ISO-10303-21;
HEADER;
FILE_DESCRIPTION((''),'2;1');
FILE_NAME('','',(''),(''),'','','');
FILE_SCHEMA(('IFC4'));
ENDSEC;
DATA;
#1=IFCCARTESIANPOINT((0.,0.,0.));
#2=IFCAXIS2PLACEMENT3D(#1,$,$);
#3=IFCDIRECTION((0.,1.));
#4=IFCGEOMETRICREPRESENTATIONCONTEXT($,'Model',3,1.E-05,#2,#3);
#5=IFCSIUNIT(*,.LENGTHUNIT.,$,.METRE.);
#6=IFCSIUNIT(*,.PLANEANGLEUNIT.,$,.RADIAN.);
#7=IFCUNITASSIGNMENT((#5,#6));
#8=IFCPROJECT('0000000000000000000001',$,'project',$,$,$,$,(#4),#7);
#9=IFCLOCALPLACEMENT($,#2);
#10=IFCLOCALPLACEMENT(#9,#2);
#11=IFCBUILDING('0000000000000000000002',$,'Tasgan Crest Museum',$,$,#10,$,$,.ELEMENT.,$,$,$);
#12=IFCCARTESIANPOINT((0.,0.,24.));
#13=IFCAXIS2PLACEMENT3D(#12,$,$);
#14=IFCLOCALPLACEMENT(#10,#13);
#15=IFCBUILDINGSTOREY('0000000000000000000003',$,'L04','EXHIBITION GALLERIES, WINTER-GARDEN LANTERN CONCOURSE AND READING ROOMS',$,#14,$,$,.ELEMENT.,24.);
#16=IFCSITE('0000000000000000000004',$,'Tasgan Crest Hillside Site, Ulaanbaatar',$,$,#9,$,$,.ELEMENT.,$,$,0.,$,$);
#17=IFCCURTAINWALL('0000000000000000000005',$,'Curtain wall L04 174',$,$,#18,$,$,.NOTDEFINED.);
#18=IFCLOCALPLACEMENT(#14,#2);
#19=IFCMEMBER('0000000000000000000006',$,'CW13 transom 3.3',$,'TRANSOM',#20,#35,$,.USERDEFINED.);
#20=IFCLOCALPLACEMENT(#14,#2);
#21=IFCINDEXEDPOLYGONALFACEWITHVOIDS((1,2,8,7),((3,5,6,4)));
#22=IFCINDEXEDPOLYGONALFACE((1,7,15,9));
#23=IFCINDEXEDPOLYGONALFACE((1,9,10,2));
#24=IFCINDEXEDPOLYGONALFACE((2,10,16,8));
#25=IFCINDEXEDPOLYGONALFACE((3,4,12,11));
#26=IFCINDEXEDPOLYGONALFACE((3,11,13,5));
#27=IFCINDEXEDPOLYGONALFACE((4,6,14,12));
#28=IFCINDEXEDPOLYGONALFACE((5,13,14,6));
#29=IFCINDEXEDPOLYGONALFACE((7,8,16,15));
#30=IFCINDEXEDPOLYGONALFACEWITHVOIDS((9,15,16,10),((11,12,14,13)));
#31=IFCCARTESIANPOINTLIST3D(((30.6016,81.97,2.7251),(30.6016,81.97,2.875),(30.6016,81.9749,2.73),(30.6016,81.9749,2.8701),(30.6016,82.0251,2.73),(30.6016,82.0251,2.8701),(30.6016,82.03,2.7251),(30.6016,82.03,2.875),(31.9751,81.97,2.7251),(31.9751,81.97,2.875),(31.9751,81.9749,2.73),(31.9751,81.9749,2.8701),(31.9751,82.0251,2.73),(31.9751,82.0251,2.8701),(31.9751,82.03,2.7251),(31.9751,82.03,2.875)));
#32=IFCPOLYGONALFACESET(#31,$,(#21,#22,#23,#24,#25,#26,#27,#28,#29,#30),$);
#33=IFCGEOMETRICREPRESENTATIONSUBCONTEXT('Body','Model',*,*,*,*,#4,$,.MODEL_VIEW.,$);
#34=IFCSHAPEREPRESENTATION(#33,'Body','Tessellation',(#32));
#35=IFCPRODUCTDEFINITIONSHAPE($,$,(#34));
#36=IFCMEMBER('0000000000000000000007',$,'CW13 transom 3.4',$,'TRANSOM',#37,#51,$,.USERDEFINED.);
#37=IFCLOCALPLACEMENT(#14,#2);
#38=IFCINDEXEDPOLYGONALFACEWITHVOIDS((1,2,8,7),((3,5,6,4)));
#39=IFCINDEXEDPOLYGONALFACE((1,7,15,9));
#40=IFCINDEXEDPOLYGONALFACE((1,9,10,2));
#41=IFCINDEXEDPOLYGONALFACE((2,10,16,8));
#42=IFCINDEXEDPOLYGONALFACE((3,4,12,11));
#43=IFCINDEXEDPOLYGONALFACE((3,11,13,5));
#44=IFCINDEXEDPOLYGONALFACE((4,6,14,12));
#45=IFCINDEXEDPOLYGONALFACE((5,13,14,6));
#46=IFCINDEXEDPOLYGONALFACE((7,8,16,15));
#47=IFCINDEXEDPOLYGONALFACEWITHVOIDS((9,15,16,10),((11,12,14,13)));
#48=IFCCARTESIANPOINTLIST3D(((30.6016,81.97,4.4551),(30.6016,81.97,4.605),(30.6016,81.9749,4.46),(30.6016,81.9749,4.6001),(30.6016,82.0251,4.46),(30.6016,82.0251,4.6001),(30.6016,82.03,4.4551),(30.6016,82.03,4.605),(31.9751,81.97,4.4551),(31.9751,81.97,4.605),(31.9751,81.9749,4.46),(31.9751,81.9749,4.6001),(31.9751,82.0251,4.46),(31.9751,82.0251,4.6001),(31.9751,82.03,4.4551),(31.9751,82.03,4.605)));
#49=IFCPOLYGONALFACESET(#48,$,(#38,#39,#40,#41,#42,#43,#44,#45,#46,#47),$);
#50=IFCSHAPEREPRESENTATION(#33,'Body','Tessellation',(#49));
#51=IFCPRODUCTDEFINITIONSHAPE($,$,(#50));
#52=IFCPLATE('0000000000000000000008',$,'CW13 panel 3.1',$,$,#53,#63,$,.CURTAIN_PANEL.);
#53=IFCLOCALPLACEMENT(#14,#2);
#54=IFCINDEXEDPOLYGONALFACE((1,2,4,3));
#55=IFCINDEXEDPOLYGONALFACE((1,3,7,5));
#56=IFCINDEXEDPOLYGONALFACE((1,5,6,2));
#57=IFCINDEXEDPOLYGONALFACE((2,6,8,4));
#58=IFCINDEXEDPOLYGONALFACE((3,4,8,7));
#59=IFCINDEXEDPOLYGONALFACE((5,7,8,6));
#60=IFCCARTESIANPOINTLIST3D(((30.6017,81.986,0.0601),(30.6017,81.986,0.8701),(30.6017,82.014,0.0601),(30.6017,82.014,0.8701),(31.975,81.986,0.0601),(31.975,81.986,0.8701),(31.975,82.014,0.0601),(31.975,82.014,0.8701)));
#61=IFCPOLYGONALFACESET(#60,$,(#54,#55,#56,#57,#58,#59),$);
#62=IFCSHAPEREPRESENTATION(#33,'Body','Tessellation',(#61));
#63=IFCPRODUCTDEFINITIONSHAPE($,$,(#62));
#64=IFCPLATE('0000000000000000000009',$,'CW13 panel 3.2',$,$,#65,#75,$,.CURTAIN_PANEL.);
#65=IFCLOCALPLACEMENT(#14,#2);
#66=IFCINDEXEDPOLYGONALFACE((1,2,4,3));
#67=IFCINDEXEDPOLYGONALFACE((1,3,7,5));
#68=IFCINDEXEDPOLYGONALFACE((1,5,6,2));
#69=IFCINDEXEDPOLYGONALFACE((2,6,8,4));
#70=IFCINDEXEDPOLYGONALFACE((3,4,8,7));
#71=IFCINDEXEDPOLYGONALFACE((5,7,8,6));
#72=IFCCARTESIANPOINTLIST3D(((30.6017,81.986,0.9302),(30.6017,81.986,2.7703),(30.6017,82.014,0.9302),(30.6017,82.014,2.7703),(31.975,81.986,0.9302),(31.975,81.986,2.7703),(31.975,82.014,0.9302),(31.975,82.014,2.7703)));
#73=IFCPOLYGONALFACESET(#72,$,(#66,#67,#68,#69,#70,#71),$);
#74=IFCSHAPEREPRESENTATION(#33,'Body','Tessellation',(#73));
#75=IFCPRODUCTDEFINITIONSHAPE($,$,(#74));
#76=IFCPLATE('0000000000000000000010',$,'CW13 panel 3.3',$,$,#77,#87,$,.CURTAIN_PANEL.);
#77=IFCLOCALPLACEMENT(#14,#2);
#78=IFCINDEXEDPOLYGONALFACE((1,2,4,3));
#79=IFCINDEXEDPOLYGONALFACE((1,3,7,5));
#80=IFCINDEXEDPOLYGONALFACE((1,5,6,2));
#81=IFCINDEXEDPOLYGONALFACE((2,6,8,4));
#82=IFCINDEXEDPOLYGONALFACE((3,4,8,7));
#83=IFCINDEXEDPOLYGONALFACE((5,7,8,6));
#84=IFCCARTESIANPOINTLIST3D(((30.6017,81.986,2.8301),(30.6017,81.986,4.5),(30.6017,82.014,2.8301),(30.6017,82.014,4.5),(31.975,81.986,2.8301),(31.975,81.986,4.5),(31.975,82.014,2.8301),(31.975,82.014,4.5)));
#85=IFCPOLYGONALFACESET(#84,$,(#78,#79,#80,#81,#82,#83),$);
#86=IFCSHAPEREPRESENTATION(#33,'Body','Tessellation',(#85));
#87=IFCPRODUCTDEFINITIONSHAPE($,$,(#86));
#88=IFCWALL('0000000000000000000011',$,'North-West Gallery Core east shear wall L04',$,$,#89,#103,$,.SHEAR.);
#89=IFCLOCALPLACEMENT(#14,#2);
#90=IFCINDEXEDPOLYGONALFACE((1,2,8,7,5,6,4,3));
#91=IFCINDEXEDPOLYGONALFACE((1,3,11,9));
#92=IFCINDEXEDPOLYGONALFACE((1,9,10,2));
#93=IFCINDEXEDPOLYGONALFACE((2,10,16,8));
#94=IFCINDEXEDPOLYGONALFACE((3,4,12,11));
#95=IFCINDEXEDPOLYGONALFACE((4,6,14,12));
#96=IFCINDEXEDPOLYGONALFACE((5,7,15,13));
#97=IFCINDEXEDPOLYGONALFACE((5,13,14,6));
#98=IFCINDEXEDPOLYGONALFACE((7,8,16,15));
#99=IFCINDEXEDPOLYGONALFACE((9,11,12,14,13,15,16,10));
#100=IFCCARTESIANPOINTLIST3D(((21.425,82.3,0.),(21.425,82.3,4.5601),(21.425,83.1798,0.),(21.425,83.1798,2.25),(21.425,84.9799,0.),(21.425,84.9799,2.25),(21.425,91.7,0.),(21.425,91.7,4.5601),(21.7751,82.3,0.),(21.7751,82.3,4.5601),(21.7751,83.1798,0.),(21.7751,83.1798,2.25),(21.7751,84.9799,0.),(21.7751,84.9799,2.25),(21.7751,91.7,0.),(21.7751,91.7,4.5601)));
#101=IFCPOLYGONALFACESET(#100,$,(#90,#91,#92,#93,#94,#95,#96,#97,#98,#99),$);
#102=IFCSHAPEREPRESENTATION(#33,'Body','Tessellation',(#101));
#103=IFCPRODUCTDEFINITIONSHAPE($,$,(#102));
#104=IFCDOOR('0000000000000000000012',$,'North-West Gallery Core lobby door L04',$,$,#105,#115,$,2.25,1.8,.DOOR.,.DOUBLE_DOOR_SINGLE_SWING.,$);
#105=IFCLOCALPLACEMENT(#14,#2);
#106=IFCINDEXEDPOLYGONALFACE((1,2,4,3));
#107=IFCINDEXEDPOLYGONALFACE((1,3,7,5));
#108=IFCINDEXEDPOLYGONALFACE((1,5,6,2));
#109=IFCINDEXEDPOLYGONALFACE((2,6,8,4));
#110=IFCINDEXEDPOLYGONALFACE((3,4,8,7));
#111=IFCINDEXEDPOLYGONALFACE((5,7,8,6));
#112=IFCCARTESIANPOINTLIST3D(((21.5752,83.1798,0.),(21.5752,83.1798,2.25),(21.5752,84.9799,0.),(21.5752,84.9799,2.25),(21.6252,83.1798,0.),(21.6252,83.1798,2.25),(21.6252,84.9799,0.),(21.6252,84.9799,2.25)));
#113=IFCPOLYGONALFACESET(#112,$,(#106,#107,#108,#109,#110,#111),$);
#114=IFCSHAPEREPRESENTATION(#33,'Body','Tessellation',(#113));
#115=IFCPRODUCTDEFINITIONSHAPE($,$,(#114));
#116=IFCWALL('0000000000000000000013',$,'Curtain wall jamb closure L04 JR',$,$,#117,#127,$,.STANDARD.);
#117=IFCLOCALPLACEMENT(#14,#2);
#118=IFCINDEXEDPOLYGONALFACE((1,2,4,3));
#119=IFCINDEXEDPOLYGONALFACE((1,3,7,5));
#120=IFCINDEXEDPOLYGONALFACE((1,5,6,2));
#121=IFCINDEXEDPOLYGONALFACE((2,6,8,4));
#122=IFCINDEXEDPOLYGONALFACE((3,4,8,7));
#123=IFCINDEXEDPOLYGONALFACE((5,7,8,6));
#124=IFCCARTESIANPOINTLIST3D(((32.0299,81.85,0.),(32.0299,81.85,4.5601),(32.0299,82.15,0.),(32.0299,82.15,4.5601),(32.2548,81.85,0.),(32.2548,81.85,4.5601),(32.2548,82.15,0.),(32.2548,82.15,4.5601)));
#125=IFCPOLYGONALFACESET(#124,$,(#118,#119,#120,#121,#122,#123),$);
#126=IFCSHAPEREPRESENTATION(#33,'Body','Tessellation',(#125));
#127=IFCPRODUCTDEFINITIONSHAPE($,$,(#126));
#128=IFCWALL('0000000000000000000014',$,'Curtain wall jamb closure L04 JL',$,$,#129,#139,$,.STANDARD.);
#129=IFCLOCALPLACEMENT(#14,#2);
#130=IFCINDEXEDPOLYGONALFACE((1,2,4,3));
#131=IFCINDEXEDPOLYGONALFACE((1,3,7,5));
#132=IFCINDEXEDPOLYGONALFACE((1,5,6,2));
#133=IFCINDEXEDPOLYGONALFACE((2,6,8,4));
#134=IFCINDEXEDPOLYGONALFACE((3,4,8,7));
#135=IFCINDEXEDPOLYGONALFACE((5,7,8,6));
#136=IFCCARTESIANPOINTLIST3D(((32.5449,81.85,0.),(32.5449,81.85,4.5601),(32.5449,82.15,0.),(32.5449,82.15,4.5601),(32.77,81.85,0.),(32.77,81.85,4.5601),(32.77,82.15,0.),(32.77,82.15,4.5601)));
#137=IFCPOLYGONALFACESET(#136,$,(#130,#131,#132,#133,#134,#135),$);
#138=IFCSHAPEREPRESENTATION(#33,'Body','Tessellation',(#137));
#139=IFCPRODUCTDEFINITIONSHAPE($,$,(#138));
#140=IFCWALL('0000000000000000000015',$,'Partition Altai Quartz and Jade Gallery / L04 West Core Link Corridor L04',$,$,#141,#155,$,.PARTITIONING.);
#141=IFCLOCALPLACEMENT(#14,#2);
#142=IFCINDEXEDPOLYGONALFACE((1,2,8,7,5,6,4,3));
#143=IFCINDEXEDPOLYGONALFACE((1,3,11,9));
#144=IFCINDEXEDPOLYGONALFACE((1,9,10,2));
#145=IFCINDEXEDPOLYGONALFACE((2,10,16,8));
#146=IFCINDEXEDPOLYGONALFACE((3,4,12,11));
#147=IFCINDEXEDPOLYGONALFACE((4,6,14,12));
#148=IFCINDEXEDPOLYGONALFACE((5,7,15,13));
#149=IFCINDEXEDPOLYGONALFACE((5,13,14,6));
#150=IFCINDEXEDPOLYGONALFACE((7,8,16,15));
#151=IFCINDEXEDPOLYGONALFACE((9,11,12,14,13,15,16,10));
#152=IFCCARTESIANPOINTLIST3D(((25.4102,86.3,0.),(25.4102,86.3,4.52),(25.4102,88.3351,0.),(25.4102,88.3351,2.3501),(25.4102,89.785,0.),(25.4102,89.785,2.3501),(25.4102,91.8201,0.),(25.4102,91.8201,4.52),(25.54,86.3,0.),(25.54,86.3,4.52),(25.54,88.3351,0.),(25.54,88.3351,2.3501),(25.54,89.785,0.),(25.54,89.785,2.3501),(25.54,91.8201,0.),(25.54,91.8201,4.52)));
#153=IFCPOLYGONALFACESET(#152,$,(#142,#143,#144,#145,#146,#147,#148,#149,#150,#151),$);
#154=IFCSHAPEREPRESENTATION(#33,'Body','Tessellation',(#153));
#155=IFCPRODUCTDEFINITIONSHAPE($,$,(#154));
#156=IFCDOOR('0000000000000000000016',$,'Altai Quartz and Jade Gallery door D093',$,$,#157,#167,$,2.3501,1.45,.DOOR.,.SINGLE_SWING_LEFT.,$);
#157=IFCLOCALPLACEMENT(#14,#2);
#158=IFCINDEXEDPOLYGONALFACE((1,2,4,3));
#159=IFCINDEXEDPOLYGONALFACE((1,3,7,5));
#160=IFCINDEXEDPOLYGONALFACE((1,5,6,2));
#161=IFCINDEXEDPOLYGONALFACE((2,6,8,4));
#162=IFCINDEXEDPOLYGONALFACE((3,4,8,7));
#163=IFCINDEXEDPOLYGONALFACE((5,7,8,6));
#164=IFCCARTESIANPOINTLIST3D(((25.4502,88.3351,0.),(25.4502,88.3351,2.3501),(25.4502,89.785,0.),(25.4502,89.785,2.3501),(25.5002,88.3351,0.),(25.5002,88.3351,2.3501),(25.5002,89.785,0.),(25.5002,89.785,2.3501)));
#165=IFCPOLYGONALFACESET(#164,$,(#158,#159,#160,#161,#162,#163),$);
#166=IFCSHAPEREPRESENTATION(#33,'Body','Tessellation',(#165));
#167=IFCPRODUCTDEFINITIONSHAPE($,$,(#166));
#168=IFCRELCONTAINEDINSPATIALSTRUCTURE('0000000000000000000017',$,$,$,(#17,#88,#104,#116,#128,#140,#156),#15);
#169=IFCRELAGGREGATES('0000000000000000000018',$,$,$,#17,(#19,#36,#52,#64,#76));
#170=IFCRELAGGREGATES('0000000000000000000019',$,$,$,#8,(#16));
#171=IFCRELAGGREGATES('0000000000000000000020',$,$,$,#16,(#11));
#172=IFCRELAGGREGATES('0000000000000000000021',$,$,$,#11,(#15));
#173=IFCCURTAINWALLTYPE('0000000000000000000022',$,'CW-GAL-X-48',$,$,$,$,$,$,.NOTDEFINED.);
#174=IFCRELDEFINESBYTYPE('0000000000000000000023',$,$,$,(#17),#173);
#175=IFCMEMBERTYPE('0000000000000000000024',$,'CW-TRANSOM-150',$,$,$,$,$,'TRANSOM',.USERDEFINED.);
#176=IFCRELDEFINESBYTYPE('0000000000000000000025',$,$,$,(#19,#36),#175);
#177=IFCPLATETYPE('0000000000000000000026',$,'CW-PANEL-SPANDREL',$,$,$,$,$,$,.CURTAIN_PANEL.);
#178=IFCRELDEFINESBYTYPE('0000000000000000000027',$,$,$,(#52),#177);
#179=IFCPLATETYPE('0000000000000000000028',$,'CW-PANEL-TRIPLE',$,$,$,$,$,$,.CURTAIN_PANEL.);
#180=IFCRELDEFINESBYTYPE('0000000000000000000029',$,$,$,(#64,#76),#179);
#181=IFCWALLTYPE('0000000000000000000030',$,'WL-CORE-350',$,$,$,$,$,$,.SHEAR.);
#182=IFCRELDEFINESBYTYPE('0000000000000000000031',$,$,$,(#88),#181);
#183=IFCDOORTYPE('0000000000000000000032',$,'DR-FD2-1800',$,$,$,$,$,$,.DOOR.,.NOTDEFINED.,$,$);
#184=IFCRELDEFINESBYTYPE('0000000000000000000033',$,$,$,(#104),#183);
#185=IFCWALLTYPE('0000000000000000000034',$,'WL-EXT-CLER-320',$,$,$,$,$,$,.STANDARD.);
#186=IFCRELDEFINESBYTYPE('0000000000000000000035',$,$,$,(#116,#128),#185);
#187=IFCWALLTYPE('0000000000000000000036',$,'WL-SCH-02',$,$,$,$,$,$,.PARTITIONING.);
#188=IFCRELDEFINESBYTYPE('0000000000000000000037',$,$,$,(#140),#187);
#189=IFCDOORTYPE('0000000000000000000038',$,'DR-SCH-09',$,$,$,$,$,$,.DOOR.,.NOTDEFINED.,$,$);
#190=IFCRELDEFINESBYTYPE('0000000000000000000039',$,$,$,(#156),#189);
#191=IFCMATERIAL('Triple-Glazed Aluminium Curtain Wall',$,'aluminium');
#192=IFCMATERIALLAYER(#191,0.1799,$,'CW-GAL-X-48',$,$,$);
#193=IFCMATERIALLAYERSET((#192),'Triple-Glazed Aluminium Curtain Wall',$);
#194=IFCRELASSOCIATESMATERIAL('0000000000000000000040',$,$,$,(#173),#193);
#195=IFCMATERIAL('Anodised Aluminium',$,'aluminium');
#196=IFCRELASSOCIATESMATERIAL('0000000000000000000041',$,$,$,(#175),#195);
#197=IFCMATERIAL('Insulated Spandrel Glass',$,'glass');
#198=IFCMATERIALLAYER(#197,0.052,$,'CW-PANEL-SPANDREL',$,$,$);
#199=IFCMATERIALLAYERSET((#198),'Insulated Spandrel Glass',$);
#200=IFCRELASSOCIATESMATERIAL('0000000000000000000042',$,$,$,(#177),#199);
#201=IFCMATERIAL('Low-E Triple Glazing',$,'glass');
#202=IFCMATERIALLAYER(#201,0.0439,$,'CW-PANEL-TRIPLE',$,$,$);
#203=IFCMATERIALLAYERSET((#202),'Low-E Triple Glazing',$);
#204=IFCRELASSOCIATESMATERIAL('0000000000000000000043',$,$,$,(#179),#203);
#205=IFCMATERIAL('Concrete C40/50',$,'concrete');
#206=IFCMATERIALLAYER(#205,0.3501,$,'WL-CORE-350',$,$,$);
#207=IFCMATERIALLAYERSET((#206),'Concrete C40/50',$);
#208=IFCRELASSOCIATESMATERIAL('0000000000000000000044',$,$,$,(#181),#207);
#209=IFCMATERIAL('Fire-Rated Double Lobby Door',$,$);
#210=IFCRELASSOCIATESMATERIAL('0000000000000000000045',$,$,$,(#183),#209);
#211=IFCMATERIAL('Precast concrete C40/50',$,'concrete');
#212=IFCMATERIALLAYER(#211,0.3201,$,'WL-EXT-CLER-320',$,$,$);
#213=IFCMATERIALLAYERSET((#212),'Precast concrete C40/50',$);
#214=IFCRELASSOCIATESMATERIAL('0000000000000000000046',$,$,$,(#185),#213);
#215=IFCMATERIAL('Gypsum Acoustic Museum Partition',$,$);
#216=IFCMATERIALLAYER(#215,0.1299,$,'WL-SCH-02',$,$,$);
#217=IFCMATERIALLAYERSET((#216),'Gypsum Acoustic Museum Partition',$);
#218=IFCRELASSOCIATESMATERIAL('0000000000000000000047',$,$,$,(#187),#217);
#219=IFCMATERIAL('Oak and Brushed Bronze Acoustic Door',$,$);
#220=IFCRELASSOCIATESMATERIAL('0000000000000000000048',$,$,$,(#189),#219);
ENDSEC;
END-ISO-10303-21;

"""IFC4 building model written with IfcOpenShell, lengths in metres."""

from ifc_helpers import new_model, si_unit, direction, frame, frame_2d, origin, origin_2d, place, context, subcontext, project, spatial, rectangle, hollow_rectangle, extrude, material, layer, layer_set, material_profile, profile_set, type_object, element, fill, aggregate, save


model = new_model("IFC4")

# Units and contexts
model_context = context("Model", 3, precision=1e-05, world=origin(), true_north=direction((0.0, 1.0)))
body_context = subcontext(model_context, "Body", "Model", "MODEL_VIEW")
ifc_project = project(units=[si_unit("LENGTHUNIT", "METRE"), si_unit("PLANEANGLEUNIT", "RADIAN")], contexts=[model_context])

# Site, building, storey
site_placement = place(None, origin())
site = spatial("IfcSite", under=ifc_project, at=site_placement, Name="Tasgan Crest Hillside Site, Ulaanbaatar", CompositionType="ELEMENT", RefElevation=0.0)
building_placement = place(site_placement, origin())
building = spatial("IfcBuilding", under=site, at=building_placement, Name="Tasgan Crest Museum", CompositionType="ELEMENT")
storey_placement = place(building_placement, frame((0.0, 0.0, 24.0)))
storey = spatial("IfcBuildingStorey", under=building, at=storey_placement, Name="L04", Description="EXHIBITION GALLERIES, WINTER-GARDEN LANTERN CONCOURSE AND READING ROOMS", CompositionType="ELEMENT", Elevation=24.0)

# Curtain wall
ifc_material_1 = material(Name="Triple-Glazed Aluminium Curtain Wall", Category="aluminium")
ifc_layer_1 = layer(ifc_material_1, 0.1799, Name="CW-GAL-X-48")
ifc_layer_set_1 = layer_set([ifc_layer_1], Name="Triple-Glazed Aluminium Curtain Wall")
curtain_wall_type = type_object("IfcCurtainWallType", Name="CW-GAL-X-48", PredefinedType="NOTDEFINED", material=ifc_layer_set_1)
curtain_wall_1_placement = place(storey_placement, origin())
curtain_wall_1 = element("IfcCurtainWall", 1, at=curtain_wall_1_placement, inside=storey, type_object=curtain_wall_type, Name="Curtain wall L04 174", PredefinedType="NOTDEFINED")

# Members
ifc_material_2 = material(Name="Anodised Aluminium", Category="aluminium")
ifc_material_profile_1 = material_profile(ifc_material_2, hollow_rectangle(XDim=0.0601, YDim=0.1499, WallThickness=0.0049, at=origin_2d()), Name="ALU TRANSOM 150x60x5")
ifc_profile_set_1 = profile_set([ifc_material_profile_1], Name="Anodised Aluminium")
member_type_1 = type_object("IfcMemberType", Name="CW-TRANSOM-150", ElementType="TRANSOM", PredefinedType="USERDEFINED", material=ifc_profile_set_1)
member_1_placement = place(storey_placement, frame((30.6016, 82.0, 2.8), z_axis=(1.0, 0.0, 0.0), x_axis=(0.0, 1.0, 0.0)))
member_1 = element("IfcMember", 2, at=member_1_placement, type_object=member_type_1, Name="CW13 transom 3.3", ObjectType="TRANSOM", PredefinedType="USERDEFINED", context=body_context, shape_type="SweptSolid", body=[
    extrude(hollow_rectangle(XDim=0.0601, YDim=0.1499, WallThickness=0.0049, at=origin_2d()), origin(), (0.0, 0.0, 1.0), 1.3735),
])
member_2_placement = place(storey_placement, frame((30.6016, 82.0, 4.53), z_axis=(1.0, 0.0, 0.0), x_axis=(0.0, 1.0, 0.0)))
member_2 = element("IfcMember", 3, at=member_2_placement, type_object=member_type_1, Name="CW13 transom 3.4", ObjectType="TRANSOM", PredefinedType="USERDEFINED", context=body_context, shape_type="SweptSolid", body=[
    extrude(hollow_rectangle(XDim=0.0601, YDim=0.1499, WallThickness=0.0049, at=origin_2d()), origin(), (0.0, 0.0, 1.0), 1.3735),
])

# Plates
ifc_material_3 = material(Name="Insulated Spandrel Glass", Category="glass")
ifc_layer_2 = layer(ifc_material_3, 0.052, Name="CW-PANEL-SPANDREL")
ifc_layer_set_2 = layer_set([ifc_layer_2], Name="Insulated Spandrel Glass")
plate_type_1 = type_object("IfcPlateType", Name="CW-PANEL-SPANDREL", PredefinedType="CURTAIN_PANEL", material=ifc_layer_set_2)
plate_1_placement = place(storey_placement, frame((31.2883, 82.0, 0.0601), z_axis=(0.0, 0.0, 1.0), x_axis=(1.0, 0.0, 0.0)))
plate_1 = element("IfcPlate", 4, at=plate_1_placement, type_object=plate_type_1, Name="CW13 panel 3.1", PredefinedType="CURTAIN_PANEL", context=body_context, shape_type="SweptSolid", body=[
    extrude(rectangle(XDim=1.3733, YDim=0.0281, at=origin_2d()), origin(), (0.0, 0.0, 1.0), 0.8101),
])
ifc_material_4 = material(Name="Low-E Triple Glazing", Category="glass")
ifc_layer_3 = layer(ifc_material_4, 0.0439, Name="CW-PANEL-TRIPLE")
ifc_layer_set_3 = layer_set([ifc_layer_3], Name="Low-E Triple Glazing")
plate_type_2 = type_object("IfcPlateType", Name="CW-PANEL-TRIPLE", PredefinedType="CURTAIN_PANEL", material=ifc_layer_set_3)
plate_2_placement = place(storey_placement, frame((31.2883, 82.0, 0.9302), z_axis=(0.0, 0.0, 1.0), x_axis=(1.0, 0.0, 0.0)))
plate_2 = element("IfcPlate", 5, at=plate_2_placement, type_object=plate_type_2, Name="CW13 panel 3.2", PredefinedType="CURTAIN_PANEL", context=body_context, shape_type="SweptSolid", body=[
    extrude(rectangle(XDim=1.3733, YDim=0.0281, at=origin_2d()), origin(), (0.0, 0.0, 1.0), 1.8401),
])
plate_3_placement = place(storey_placement, frame((31.2883, 82.0, 2.8301), z_axis=(0.0, 0.0, 1.0), x_axis=(1.0, 0.0, 0.0)))
plate_3 = element("IfcPlate", 6, at=plate_3_placement, type_object=plate_type_2, Name="CW13 panel 3.3", PredefinedType="CURTAIN_PANEL", context=body_context, shape_type="SweptSolid", body=[
    extrude(rectangle(XDim=1.3733, YDim=0.0281, at=origin_2d()), origin(), (0.0, 0.0, 1.0), 1.6699),
])
aggregate(curtain_wall_1, [member_1, member_2, plate_1, plate_2, plate_3])

# Wall, opening, door
ifc_material_5 = material(Name="Concrete C40/50", Category="concrete")
ifc_layer_4 = layer(ifc_material_5, 0.3501, Name="WL-CORE-350")
ifc_layer_set_4 = layer_set([ifc_layer_4], Name="Concrete C40/50")
wall_type_1 = type_object("IfcWallType", Name="WL-CORE-350", PredefinedType="SHEAR", material=ifc_layer_set_4)
wall_1_placement = place(storey_placement, frame((21.6001, 82.3, 0.0), z_axis=(0.0, 0.0, 1.0), x_axis=(0.0, 1.0, 0.0)))
wall_1 = element("IfcWall", 7, at=wall_1_placement, inside=storey, type_object=wall_type_1, Name="North-West Gallery Core east shear wall L04", PredefinedType="SHEAR", context=body_context, shape_type="SweptSolid", body=[
    extrude(rectangle(XDim=9.3999, YDim=0.3501, at=frame_2d((4.7, 0.0))), origin(), (0.0, 0.0, 1.0), 4.5601),
])
opening_1_placement = place(wall_1_placement, frame((0.8799, 0.0, 0.0)))
opening_1 = element("IfcOpeningElement", 8, at=opening_1_placement, cuts=wall_1, PredefinedType="OPENING", context=body_context, shape_type="SweptSolid", body=[
    extrude(rectangle(XDim=1.8, YDim=2.25, at=frame_2d((0.8999, 1.125))), frame((0.0, 0.1851, 0.0), z_axis=(0.0, -1.0, 0.0), x_axis=(1.0, 0.0, 0.0)), (0.0, 0.0, 1.0), 0.3701),
])
ifc_material_6 = material(Name="Fire-Rated Double Lobby Door")
door_type_1 = type_object("IfcDoorType", Name="DR-FD2-1800", OperationType="NOTDEFINED", PredefinedType="DOOR", material=ifc_material_6)
door_1_placement = place(opening_1_placement, origin())
door_1 = element("IfcDoor", 9, at=door_1_placement, inside=storey, type_object=door_type_1, Name="North-West Gallery Core lobby door L04", OperationType="DOUBLE_DOOR_SINGLE_SWING", OverallHeight=2.25, OverallWidth=1.8, PredefinedType="DOOR", context=body_context, shape_type="SweptSolid", body=[
    extrude(rectangle(XDim=1.8, YDim=2.25, at=frame_2d((0.8999, 1.125))), frame((0.0, 0.0249, 0.0), z_axis=(0.0, -1.0, 0.0), x_axis=(1.0, 0.0, 0.0)), (0.0, 0.0, 1.0), 0.05),
])
fill(opening_1, door_1)

# Walls
ifc_material_7 = material(Name="Precast concrete C40/50", Category="concrete")
ifc_layer_5 = layer(ifc_material_7, 0.3201, Name="WL-EXT-CLER-320")
ifc_layer_set_5 = layer_set([ifc_layer_5], Name="Precast concrete C40/50")
wall_type_2 = type_object("IfcWallType", Name="WL-EXT-CLER-320", PredefinedType="STANDARD", material=ifc_layer_set_5)
wall_2_placement = place(storey_placement, frame((32.03, 82.0, 0.0), z_axis=(0.0, 0.0, 1.0), x_axis=(1.0, 0.0, 0.0)))
element("IfcWall", 10, at=wall_2_placement, inside=storey, type_object=wall_type_2, Name="Curtain wall jamb closure L04 JR", PredefinedType="STANDARD", context=body_context, shape_type="SweptSolid", body=[
    extrude(rectangle(XDim=0.2249, YDim=0.3, at=frame_2d((0.1123, 0.0))), origin(), (0.0, 0.0, 1.0), 4.5601),
])
wall_3_placement = place(storey_placement, frame((32.5449, 82.0, 0.0), z_axis=(0.0, 0.0, 1.0), x_axis=(1.0, 0.0, 0.0)))
element("IfcWall", 11, at=wall_3_placement, inside=storey, type_object=wall_type_2, Name="Curtain wall jamb closure L04 JL", PredefinedType="STANDARD", context=body_context, shape_type="SweptSolid", body=[
    extrude(rectangle(XDim=0.2251, YDim=0.3, at=frame_2d((0.1125, 0.0))), origin(), (0.0, 0.0, 1.0), 4.5601),
])

# Wall, opening, door
ifc_material_8 = material(Name="Gypsum Acoustic Museum Partition")
ifc_layer_6 = layer(ifc_material_8, 0.1299, Name="WL-SCH-02")
ifc_layer_set_6 = layer_set([ifc_layer_6], Name="Gypsum Acoustic Museum Partition")
wall_type_3 = type_object("IfcWallType", Name="WL-SCH-02", PredefinedType="PARTITIONING", material=ifc_layer_set_6)
wall_4_placement = place(storey_placement, frame((25.4751, 86.3, 0.0), z_axis=(0.0, 0.0, 1.0), x_axis=(0.0, 1.0, 0.0)))
wall_4 = element("IfcWall", 12, at=wall_4_placement, inside=storey, type_object=wall_type_3, Name="Partition Altai Quartz and Jade Gallery / L04 West Core Link Corridor L04", PredefinedType="PARTITIONING", context=body_context, shape_type="SweptSolid", body=[
    extrude(rectangle(XDim=5.52, YDim=0.1299, at=frame_2d((2.76, 0.0))), origin(), (0.0, 0.0, 1.0), 4.52),
])
opening_2_placement = place(wall_4_placement, frame((2.0349, 0.0, 0.0)))
opening_2 = element("IfcOpeningElement", 13, at=opening_2_placement, cuts=wall_4, PredefinedType="OPENING", context=body_context, shape_type="SweptSolid", body=[
    extrude(rectangle(XDim=1.45, YDim=2.3501, at=frame_2d((0.7251, 1.175))), frame((0.0, 0.075, 0.0), z_axis=(0.0, -1.0, 0.0), x_axis=(1.0, 0.0, 0.0)), (0.0, 0.0, 1.0), 0.1499),
])
ifc_material_9 = material(Name="Oak and Brushed Bronze Acoustic Door")
door_type_2 = type_object("IfcDoorType", Name="DR-SCH-09", OperationType="NOTDEFINED", PredefinedType="DOOR", material=ifc_material_9)
door_2_placement = place(opening_2_placement, origin())
door_2 = element("IfcDoor", 14, at=door_2_placement, inside=storey, type_object=door_type_2, Name="Altai Quartz and Jade Gallery door D093", OperationType="SINGLE_SWING_LEFT", OverallHeight=2.3501, OverallWidth=1.45, PredefinedType="DOOR", context=body_context, shape_type="SweptSolid", body=[
    extrude(rectangle(XDim=1.45, YDim=2.3501, at=frame_2d((0.7251, 1.175))), frame((0.0, 0.0249, 0.0), z_axis=(0.0, -1.0, 0.0), x_axis=(1.0, 0.0, 0.0)), (0.0, 0.0, 1.0), 0.05),
])
fill(opening_2, door_2)

save(model, "model.ifc")
